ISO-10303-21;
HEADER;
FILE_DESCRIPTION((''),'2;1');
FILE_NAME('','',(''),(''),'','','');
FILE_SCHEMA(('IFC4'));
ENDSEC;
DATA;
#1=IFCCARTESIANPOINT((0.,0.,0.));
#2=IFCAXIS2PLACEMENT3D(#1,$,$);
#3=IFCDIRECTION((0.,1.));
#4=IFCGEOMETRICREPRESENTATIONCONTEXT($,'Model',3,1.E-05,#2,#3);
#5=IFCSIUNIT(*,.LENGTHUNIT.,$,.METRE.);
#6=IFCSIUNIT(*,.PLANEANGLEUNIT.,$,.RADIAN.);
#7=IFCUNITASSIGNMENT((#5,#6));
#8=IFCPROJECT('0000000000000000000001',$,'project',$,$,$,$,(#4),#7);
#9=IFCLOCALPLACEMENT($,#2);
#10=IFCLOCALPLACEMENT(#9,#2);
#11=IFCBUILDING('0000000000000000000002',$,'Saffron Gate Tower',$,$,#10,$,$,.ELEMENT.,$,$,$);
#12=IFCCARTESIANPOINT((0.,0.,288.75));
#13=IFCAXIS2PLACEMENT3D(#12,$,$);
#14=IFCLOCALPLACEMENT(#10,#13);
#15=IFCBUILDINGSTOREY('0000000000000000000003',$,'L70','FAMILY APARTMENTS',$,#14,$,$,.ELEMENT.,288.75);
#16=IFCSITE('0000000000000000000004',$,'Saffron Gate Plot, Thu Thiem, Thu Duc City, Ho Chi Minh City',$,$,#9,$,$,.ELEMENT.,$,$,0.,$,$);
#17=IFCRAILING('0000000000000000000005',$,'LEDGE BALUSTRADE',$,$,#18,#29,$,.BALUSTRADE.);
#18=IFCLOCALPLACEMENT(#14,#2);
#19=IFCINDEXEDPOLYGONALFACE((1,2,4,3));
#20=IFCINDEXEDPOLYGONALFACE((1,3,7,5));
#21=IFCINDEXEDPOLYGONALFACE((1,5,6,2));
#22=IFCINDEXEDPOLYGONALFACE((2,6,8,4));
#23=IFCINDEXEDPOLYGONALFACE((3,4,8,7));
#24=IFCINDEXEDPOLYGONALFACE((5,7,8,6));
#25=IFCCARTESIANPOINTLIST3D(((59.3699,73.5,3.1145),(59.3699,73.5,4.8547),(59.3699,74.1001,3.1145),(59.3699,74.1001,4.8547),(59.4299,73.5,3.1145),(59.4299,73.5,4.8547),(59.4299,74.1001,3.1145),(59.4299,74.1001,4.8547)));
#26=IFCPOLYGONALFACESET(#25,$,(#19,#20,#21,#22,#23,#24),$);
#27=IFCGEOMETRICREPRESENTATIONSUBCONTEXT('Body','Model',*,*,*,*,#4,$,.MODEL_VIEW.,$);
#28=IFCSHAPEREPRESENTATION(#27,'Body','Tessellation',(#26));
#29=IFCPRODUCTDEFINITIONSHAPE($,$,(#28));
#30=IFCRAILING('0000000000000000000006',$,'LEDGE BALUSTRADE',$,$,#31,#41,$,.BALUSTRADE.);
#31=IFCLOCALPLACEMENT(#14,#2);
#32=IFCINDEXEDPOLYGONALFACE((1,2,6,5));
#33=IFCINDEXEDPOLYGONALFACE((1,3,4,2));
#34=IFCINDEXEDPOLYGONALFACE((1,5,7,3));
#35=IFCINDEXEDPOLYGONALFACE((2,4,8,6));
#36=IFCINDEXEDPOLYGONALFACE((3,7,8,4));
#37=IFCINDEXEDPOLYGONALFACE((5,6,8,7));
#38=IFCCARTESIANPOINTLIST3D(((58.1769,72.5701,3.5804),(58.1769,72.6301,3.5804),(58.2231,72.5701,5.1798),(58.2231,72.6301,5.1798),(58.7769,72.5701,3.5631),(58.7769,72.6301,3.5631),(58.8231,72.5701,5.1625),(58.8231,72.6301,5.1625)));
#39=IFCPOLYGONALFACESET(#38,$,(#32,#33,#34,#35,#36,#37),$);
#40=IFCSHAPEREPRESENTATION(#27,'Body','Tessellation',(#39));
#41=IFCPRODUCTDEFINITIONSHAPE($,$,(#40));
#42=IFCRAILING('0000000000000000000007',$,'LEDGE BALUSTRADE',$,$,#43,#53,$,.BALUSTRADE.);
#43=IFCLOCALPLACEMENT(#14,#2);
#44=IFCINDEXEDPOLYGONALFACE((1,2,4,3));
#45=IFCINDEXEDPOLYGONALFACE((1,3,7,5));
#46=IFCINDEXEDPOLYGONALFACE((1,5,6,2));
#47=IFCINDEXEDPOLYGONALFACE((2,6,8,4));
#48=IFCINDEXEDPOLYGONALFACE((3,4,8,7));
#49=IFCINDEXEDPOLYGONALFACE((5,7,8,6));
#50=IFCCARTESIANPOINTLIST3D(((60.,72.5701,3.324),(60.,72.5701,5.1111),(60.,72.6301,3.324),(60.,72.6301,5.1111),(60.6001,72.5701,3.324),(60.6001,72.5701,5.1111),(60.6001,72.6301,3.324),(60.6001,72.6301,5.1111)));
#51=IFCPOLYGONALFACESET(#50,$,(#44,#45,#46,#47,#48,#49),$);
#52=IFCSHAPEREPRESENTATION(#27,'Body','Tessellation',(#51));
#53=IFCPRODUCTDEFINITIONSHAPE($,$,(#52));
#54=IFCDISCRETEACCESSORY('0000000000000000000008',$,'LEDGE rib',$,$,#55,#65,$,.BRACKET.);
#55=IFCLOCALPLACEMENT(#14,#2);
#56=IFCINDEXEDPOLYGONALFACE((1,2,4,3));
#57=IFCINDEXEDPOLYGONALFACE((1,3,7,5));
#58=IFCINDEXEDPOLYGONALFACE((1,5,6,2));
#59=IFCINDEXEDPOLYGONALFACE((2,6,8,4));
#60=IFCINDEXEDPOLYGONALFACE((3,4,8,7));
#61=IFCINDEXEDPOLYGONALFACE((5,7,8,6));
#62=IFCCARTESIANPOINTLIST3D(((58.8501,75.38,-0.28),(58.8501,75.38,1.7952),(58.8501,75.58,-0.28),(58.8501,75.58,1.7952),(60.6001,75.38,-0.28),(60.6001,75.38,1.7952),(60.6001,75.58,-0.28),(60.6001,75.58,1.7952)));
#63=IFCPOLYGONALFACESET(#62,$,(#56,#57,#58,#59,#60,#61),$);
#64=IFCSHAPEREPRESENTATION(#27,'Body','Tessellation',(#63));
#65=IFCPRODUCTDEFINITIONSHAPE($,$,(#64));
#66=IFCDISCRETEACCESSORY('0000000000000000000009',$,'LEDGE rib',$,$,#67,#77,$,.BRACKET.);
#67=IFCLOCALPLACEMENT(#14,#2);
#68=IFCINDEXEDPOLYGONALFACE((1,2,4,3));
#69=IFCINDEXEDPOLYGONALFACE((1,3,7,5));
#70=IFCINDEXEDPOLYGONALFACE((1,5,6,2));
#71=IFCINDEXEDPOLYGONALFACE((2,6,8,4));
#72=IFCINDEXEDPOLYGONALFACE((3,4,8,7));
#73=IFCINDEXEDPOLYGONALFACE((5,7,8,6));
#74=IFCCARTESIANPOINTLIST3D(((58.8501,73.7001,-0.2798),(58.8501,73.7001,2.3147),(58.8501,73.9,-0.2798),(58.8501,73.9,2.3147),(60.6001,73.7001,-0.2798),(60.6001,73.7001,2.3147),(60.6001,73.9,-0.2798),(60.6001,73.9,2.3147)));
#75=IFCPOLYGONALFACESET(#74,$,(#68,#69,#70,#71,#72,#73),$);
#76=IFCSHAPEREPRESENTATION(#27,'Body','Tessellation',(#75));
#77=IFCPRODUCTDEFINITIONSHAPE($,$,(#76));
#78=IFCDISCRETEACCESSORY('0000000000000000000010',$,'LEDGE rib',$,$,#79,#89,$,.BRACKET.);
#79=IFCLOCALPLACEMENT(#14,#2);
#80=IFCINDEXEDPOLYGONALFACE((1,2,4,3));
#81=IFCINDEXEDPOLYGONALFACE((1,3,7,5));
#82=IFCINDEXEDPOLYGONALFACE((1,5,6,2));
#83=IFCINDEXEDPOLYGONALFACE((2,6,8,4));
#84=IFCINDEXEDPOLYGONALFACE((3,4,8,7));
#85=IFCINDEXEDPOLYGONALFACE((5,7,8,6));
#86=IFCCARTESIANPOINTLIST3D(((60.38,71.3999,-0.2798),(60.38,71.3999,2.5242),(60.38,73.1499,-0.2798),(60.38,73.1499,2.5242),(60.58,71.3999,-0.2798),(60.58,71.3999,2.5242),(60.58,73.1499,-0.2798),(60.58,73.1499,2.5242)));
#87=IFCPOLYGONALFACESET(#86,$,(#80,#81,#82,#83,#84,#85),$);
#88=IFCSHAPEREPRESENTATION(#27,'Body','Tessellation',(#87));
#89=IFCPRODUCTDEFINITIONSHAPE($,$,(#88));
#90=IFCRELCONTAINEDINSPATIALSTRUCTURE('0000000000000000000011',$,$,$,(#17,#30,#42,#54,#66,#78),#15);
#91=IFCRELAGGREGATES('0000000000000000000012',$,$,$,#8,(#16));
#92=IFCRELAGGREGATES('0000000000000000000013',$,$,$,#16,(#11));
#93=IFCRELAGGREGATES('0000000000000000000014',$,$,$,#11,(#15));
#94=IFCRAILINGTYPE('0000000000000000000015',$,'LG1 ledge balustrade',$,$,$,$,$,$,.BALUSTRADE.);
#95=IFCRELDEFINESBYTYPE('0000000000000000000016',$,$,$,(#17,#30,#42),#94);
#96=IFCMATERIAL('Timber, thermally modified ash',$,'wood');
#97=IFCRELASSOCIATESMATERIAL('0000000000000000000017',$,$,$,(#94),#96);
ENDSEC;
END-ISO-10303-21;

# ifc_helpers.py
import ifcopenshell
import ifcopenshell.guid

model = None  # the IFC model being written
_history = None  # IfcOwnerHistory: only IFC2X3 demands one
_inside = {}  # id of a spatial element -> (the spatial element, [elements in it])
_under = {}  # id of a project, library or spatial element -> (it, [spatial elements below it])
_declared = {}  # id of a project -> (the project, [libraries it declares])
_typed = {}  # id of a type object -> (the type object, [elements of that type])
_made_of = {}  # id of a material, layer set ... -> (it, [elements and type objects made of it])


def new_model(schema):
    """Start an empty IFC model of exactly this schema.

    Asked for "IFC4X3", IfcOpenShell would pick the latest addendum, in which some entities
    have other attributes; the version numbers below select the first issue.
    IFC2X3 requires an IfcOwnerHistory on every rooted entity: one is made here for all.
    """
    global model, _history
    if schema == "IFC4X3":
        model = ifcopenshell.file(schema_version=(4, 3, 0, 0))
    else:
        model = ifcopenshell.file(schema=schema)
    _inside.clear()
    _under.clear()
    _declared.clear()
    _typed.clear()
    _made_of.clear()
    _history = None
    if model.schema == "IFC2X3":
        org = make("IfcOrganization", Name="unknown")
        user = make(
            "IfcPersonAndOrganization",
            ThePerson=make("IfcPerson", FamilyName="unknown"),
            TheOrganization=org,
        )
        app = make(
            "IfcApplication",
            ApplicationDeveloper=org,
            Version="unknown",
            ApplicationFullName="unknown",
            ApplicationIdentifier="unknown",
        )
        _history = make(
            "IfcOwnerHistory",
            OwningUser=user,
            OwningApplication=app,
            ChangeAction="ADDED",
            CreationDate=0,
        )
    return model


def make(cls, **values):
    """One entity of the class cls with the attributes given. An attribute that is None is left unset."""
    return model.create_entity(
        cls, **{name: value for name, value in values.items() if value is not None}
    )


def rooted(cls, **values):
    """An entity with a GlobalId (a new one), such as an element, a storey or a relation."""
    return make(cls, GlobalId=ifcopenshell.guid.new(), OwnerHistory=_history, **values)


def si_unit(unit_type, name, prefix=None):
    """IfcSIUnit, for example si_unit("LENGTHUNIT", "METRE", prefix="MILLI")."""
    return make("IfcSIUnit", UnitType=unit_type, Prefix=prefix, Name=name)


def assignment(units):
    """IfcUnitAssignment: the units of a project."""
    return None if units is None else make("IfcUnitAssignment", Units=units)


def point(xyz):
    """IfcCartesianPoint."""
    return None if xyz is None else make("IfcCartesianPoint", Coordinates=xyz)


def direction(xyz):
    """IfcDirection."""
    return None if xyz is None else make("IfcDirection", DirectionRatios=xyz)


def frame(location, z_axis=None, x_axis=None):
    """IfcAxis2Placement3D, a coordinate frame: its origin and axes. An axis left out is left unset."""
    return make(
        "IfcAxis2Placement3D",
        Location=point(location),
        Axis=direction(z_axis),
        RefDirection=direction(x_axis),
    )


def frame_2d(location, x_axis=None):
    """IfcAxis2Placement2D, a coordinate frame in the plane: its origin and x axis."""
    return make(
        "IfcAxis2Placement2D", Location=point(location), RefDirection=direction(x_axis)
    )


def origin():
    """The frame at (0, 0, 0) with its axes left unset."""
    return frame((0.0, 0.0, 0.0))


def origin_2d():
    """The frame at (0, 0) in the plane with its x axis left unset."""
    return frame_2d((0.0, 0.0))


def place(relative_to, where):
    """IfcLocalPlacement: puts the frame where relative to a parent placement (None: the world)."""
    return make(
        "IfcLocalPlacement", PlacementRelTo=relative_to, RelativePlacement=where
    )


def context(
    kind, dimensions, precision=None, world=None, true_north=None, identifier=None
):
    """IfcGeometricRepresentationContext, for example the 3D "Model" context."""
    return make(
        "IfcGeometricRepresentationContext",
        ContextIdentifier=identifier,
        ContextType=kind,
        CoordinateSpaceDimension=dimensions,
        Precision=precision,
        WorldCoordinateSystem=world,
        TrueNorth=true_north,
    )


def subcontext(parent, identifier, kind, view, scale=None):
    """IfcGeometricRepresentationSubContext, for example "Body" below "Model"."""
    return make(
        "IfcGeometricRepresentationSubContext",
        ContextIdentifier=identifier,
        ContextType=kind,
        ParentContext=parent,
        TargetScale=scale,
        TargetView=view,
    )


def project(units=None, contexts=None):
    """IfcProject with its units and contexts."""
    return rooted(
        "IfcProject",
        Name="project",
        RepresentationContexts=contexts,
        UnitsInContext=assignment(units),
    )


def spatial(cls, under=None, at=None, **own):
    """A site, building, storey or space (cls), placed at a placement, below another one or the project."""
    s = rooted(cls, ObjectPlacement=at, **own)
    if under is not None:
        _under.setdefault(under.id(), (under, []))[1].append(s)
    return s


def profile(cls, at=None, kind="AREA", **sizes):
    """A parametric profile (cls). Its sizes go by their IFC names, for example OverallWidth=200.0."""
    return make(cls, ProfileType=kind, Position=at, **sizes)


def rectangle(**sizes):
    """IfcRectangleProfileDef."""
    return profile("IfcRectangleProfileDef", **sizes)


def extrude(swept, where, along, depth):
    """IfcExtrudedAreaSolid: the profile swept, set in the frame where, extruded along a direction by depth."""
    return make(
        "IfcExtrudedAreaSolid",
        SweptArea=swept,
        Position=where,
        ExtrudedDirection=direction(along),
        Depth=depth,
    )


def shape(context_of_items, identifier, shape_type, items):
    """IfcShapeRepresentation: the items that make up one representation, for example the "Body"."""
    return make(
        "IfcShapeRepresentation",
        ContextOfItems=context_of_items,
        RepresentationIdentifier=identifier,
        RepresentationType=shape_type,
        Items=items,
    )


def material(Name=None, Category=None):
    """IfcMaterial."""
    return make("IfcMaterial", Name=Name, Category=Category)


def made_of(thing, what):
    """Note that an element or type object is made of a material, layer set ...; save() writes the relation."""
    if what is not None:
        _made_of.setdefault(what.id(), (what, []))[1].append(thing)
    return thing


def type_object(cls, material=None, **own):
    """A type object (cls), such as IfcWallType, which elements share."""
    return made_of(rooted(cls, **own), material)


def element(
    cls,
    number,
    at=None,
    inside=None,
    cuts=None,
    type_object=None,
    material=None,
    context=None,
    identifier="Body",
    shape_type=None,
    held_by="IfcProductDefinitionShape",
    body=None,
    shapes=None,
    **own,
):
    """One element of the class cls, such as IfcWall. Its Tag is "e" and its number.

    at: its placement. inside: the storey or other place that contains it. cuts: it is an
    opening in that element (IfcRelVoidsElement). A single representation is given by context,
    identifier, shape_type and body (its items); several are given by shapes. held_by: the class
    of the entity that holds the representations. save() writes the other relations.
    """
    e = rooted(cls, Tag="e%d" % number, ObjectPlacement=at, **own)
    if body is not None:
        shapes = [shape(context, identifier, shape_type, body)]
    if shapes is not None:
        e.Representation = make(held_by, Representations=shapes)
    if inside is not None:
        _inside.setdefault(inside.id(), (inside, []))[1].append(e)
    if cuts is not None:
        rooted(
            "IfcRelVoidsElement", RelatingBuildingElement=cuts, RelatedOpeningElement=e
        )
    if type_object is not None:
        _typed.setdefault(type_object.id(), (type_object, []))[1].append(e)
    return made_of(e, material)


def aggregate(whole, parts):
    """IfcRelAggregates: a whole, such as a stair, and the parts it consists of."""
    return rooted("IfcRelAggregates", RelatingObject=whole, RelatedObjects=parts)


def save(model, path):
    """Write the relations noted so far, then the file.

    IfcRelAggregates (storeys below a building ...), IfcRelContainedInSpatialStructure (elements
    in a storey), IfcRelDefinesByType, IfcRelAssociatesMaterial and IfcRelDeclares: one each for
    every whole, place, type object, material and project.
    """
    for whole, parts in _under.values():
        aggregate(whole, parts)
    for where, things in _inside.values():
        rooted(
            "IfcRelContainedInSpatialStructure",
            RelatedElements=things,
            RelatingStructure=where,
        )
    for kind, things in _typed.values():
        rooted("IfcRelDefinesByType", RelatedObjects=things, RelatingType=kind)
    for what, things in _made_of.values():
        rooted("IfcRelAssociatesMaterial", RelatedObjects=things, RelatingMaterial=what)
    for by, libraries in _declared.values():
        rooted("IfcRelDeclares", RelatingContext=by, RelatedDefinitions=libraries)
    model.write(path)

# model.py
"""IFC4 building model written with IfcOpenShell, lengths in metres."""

from ifc_helpers import new_model, si_unit, direction, frame, origin, origin_2d, place, context, subcontext, project, spatial, rectangle, extrude, material, type_object, element, save


model = new_model("IFC4")

# Units and contexts
model_context = context("Model", 3, precision=1e-05, world=origin(), true_north=direction((0.0, 1.0)))
body_context = subcontext(model_context, "Body", "Model", "MODEL_VIEW")
ifc_project = project(units=[si_unit("LENGTHUNIT", "METRE"), si_unit("PLANEANGLEUNIT", "RADIAN")], contexts=[model_context])

# Site, building, storey
site_placement = place(None, origin())
site = spatial("IfcSite", under=ifc_project, at=site_placement, Name="Saffron Gate Plot, Thu Thiem, Thu Duc City, Ho Chi Minh City", CompositionType="ELEMENT", RefElevation=0.0)
building_placement = place(site_placement, origin())
building = spatial("IfcBuilding", under=site, at=building_placement, Name="Saffron Gate Tower", CompositionType="ELEMENT")
storey_placement = place(building_placement, frame((0.0, 0.0, 288.75)))
storey = spatial("IfcBuildingStorey", under=building, at=storey_placement, Name="L70", Description="FAMILY APARTMENTS", CompositionType="ELEMENT", Elevation=288.75)

# Shared definitions
ifc_material_1 = material(Name="Timber, thermally modified ash", Category="wood")

# Railings
railing_type = type_object("IfcRailingType", Name="LG1 ledge balustrade", PredefinedType="BALUSTRADE", material=ifc_material_1)
railing_1_placement = place(storey_placement, frame((59.3999, 74.1001, 3.1145)))
element("IfcRailing", 1, at=railing_1_placement, inside=storey, type_object=railing_type, Name="LEDGE BALUSTRADE", PredefinedType="BALUSTRADE", context=body_context, shape_type="SweptSolid", body=[
    extrude(rectangle(XDim=0.0601, YDim=1.7402, at=origin_2d()), frame((0.0, 0.0, 0.8701), z_axis=(0.0, -1.0, 0.0), x_axis=(1.0, 0.0, 0.0)), (0.0, 0.0, 1.0), 0.6001),
])
railing_2_placement = place(storey_placement, frame((58.8, 72.6001, 3.5627)))
element("IfcRailing", 2, at=railing_2_placement, inside=storey, type_object=railing_type, Name="LEDGE BALUSTRADE", PredefinedType="BALUSTRADE", context=body_context, shape_type="SweptSolid", body=[
    extrude(rectangle(XDim=0.0601, YDim=1.6001, at=origin_2d()), frame((0.0, 0.0, 0.8), z_axis=(-0.999583, 0.0, 0.028873), x_axis=(0.0, -1.0, 0.0)), (0.0, 0.0, 1.0), 0.6003),
])
railing_3_placement = place(storey_placement, frame((60.6001, 72.6001, 3.324)))
element("IfcRailing", 3, at=railing_3_placement, inside=storey, type_object=railing_type, Name="LEDGE BALUSTRADE", PredefinedType="BALUSTRADE", context=body_context, shape_type="SweptSolid", body=[
    extrude(rectangle(XDim=0.0601, YDim=1.7871, at=origin_2d()), frame((0.0, 0.0, 0.8936), z_axis=(-1.0, 0.0, 0.0), x_axis=(0.0, -1.0, 0.0)), (0.0, 0.0, 1.0), 0.6001),
])

# Discrete accessories
discrete_accessory_1_placement = place(storey_placement, frame((59.7251, 75.48, -0.28), z_axis=(0.0, 0.0, 1.0), x_axis=(0.0, -1.0, 0.0)))
element("IfcDiscreteAccessory", 4, at=discrete_accessory_1_placement, inside=storey, Name="LEDGE rib", PredefinedType="BRACKET", context=body_context, shape_type="SweptSolid", body=[
    extrude(rectangle(XDim=0.2, YDim=1.75, at=origin_2d()), origin(), (0.0, 0.0, 1.0), 2.0752),
])
discrete_accessory_2_placement = place(storey_placement, frame((59.7251, 73.8, -0.2798), z_axis=(0.0, 0.0, 1.0), x_axis=(0.0, -1.0, 0.0)))
element("IfcDiscreteAccessory", 5, at=discrete_accessory_2_placement, inside=storey, Name="LEDGE rib", PredefinedType="BRACKET", context=body_context, shape_type="SweptSolid", body=[
    extrude(rectangle(XDim=0.2, YDim=1.75, at=origin_2d()), origin(), (0.0, 0.0, 1.0), 2.5945),
])
discrete_accessory_3_placement = place(storey_placement, frame((60.48, 72.2749, -0.2798), z_axis=(0.0, 0.0, 1.0), x_axis=(-1.0, 0.0, 0.0)))
element("IfcDiscreteAccessory", 6, at=discrete_accessory_3_placement, inside=storey, Name="LEDGE rib", PredefinedType="BRACKET", context=body_context, shape_type="SweptSolid", body=[
    extrude(rectangle(XDim=0.2, YDim=1.75, at=origin_2d()), origin(), (0.0, 0.0, 1.0), 2.804),
])

save(model, "model.ifc")
